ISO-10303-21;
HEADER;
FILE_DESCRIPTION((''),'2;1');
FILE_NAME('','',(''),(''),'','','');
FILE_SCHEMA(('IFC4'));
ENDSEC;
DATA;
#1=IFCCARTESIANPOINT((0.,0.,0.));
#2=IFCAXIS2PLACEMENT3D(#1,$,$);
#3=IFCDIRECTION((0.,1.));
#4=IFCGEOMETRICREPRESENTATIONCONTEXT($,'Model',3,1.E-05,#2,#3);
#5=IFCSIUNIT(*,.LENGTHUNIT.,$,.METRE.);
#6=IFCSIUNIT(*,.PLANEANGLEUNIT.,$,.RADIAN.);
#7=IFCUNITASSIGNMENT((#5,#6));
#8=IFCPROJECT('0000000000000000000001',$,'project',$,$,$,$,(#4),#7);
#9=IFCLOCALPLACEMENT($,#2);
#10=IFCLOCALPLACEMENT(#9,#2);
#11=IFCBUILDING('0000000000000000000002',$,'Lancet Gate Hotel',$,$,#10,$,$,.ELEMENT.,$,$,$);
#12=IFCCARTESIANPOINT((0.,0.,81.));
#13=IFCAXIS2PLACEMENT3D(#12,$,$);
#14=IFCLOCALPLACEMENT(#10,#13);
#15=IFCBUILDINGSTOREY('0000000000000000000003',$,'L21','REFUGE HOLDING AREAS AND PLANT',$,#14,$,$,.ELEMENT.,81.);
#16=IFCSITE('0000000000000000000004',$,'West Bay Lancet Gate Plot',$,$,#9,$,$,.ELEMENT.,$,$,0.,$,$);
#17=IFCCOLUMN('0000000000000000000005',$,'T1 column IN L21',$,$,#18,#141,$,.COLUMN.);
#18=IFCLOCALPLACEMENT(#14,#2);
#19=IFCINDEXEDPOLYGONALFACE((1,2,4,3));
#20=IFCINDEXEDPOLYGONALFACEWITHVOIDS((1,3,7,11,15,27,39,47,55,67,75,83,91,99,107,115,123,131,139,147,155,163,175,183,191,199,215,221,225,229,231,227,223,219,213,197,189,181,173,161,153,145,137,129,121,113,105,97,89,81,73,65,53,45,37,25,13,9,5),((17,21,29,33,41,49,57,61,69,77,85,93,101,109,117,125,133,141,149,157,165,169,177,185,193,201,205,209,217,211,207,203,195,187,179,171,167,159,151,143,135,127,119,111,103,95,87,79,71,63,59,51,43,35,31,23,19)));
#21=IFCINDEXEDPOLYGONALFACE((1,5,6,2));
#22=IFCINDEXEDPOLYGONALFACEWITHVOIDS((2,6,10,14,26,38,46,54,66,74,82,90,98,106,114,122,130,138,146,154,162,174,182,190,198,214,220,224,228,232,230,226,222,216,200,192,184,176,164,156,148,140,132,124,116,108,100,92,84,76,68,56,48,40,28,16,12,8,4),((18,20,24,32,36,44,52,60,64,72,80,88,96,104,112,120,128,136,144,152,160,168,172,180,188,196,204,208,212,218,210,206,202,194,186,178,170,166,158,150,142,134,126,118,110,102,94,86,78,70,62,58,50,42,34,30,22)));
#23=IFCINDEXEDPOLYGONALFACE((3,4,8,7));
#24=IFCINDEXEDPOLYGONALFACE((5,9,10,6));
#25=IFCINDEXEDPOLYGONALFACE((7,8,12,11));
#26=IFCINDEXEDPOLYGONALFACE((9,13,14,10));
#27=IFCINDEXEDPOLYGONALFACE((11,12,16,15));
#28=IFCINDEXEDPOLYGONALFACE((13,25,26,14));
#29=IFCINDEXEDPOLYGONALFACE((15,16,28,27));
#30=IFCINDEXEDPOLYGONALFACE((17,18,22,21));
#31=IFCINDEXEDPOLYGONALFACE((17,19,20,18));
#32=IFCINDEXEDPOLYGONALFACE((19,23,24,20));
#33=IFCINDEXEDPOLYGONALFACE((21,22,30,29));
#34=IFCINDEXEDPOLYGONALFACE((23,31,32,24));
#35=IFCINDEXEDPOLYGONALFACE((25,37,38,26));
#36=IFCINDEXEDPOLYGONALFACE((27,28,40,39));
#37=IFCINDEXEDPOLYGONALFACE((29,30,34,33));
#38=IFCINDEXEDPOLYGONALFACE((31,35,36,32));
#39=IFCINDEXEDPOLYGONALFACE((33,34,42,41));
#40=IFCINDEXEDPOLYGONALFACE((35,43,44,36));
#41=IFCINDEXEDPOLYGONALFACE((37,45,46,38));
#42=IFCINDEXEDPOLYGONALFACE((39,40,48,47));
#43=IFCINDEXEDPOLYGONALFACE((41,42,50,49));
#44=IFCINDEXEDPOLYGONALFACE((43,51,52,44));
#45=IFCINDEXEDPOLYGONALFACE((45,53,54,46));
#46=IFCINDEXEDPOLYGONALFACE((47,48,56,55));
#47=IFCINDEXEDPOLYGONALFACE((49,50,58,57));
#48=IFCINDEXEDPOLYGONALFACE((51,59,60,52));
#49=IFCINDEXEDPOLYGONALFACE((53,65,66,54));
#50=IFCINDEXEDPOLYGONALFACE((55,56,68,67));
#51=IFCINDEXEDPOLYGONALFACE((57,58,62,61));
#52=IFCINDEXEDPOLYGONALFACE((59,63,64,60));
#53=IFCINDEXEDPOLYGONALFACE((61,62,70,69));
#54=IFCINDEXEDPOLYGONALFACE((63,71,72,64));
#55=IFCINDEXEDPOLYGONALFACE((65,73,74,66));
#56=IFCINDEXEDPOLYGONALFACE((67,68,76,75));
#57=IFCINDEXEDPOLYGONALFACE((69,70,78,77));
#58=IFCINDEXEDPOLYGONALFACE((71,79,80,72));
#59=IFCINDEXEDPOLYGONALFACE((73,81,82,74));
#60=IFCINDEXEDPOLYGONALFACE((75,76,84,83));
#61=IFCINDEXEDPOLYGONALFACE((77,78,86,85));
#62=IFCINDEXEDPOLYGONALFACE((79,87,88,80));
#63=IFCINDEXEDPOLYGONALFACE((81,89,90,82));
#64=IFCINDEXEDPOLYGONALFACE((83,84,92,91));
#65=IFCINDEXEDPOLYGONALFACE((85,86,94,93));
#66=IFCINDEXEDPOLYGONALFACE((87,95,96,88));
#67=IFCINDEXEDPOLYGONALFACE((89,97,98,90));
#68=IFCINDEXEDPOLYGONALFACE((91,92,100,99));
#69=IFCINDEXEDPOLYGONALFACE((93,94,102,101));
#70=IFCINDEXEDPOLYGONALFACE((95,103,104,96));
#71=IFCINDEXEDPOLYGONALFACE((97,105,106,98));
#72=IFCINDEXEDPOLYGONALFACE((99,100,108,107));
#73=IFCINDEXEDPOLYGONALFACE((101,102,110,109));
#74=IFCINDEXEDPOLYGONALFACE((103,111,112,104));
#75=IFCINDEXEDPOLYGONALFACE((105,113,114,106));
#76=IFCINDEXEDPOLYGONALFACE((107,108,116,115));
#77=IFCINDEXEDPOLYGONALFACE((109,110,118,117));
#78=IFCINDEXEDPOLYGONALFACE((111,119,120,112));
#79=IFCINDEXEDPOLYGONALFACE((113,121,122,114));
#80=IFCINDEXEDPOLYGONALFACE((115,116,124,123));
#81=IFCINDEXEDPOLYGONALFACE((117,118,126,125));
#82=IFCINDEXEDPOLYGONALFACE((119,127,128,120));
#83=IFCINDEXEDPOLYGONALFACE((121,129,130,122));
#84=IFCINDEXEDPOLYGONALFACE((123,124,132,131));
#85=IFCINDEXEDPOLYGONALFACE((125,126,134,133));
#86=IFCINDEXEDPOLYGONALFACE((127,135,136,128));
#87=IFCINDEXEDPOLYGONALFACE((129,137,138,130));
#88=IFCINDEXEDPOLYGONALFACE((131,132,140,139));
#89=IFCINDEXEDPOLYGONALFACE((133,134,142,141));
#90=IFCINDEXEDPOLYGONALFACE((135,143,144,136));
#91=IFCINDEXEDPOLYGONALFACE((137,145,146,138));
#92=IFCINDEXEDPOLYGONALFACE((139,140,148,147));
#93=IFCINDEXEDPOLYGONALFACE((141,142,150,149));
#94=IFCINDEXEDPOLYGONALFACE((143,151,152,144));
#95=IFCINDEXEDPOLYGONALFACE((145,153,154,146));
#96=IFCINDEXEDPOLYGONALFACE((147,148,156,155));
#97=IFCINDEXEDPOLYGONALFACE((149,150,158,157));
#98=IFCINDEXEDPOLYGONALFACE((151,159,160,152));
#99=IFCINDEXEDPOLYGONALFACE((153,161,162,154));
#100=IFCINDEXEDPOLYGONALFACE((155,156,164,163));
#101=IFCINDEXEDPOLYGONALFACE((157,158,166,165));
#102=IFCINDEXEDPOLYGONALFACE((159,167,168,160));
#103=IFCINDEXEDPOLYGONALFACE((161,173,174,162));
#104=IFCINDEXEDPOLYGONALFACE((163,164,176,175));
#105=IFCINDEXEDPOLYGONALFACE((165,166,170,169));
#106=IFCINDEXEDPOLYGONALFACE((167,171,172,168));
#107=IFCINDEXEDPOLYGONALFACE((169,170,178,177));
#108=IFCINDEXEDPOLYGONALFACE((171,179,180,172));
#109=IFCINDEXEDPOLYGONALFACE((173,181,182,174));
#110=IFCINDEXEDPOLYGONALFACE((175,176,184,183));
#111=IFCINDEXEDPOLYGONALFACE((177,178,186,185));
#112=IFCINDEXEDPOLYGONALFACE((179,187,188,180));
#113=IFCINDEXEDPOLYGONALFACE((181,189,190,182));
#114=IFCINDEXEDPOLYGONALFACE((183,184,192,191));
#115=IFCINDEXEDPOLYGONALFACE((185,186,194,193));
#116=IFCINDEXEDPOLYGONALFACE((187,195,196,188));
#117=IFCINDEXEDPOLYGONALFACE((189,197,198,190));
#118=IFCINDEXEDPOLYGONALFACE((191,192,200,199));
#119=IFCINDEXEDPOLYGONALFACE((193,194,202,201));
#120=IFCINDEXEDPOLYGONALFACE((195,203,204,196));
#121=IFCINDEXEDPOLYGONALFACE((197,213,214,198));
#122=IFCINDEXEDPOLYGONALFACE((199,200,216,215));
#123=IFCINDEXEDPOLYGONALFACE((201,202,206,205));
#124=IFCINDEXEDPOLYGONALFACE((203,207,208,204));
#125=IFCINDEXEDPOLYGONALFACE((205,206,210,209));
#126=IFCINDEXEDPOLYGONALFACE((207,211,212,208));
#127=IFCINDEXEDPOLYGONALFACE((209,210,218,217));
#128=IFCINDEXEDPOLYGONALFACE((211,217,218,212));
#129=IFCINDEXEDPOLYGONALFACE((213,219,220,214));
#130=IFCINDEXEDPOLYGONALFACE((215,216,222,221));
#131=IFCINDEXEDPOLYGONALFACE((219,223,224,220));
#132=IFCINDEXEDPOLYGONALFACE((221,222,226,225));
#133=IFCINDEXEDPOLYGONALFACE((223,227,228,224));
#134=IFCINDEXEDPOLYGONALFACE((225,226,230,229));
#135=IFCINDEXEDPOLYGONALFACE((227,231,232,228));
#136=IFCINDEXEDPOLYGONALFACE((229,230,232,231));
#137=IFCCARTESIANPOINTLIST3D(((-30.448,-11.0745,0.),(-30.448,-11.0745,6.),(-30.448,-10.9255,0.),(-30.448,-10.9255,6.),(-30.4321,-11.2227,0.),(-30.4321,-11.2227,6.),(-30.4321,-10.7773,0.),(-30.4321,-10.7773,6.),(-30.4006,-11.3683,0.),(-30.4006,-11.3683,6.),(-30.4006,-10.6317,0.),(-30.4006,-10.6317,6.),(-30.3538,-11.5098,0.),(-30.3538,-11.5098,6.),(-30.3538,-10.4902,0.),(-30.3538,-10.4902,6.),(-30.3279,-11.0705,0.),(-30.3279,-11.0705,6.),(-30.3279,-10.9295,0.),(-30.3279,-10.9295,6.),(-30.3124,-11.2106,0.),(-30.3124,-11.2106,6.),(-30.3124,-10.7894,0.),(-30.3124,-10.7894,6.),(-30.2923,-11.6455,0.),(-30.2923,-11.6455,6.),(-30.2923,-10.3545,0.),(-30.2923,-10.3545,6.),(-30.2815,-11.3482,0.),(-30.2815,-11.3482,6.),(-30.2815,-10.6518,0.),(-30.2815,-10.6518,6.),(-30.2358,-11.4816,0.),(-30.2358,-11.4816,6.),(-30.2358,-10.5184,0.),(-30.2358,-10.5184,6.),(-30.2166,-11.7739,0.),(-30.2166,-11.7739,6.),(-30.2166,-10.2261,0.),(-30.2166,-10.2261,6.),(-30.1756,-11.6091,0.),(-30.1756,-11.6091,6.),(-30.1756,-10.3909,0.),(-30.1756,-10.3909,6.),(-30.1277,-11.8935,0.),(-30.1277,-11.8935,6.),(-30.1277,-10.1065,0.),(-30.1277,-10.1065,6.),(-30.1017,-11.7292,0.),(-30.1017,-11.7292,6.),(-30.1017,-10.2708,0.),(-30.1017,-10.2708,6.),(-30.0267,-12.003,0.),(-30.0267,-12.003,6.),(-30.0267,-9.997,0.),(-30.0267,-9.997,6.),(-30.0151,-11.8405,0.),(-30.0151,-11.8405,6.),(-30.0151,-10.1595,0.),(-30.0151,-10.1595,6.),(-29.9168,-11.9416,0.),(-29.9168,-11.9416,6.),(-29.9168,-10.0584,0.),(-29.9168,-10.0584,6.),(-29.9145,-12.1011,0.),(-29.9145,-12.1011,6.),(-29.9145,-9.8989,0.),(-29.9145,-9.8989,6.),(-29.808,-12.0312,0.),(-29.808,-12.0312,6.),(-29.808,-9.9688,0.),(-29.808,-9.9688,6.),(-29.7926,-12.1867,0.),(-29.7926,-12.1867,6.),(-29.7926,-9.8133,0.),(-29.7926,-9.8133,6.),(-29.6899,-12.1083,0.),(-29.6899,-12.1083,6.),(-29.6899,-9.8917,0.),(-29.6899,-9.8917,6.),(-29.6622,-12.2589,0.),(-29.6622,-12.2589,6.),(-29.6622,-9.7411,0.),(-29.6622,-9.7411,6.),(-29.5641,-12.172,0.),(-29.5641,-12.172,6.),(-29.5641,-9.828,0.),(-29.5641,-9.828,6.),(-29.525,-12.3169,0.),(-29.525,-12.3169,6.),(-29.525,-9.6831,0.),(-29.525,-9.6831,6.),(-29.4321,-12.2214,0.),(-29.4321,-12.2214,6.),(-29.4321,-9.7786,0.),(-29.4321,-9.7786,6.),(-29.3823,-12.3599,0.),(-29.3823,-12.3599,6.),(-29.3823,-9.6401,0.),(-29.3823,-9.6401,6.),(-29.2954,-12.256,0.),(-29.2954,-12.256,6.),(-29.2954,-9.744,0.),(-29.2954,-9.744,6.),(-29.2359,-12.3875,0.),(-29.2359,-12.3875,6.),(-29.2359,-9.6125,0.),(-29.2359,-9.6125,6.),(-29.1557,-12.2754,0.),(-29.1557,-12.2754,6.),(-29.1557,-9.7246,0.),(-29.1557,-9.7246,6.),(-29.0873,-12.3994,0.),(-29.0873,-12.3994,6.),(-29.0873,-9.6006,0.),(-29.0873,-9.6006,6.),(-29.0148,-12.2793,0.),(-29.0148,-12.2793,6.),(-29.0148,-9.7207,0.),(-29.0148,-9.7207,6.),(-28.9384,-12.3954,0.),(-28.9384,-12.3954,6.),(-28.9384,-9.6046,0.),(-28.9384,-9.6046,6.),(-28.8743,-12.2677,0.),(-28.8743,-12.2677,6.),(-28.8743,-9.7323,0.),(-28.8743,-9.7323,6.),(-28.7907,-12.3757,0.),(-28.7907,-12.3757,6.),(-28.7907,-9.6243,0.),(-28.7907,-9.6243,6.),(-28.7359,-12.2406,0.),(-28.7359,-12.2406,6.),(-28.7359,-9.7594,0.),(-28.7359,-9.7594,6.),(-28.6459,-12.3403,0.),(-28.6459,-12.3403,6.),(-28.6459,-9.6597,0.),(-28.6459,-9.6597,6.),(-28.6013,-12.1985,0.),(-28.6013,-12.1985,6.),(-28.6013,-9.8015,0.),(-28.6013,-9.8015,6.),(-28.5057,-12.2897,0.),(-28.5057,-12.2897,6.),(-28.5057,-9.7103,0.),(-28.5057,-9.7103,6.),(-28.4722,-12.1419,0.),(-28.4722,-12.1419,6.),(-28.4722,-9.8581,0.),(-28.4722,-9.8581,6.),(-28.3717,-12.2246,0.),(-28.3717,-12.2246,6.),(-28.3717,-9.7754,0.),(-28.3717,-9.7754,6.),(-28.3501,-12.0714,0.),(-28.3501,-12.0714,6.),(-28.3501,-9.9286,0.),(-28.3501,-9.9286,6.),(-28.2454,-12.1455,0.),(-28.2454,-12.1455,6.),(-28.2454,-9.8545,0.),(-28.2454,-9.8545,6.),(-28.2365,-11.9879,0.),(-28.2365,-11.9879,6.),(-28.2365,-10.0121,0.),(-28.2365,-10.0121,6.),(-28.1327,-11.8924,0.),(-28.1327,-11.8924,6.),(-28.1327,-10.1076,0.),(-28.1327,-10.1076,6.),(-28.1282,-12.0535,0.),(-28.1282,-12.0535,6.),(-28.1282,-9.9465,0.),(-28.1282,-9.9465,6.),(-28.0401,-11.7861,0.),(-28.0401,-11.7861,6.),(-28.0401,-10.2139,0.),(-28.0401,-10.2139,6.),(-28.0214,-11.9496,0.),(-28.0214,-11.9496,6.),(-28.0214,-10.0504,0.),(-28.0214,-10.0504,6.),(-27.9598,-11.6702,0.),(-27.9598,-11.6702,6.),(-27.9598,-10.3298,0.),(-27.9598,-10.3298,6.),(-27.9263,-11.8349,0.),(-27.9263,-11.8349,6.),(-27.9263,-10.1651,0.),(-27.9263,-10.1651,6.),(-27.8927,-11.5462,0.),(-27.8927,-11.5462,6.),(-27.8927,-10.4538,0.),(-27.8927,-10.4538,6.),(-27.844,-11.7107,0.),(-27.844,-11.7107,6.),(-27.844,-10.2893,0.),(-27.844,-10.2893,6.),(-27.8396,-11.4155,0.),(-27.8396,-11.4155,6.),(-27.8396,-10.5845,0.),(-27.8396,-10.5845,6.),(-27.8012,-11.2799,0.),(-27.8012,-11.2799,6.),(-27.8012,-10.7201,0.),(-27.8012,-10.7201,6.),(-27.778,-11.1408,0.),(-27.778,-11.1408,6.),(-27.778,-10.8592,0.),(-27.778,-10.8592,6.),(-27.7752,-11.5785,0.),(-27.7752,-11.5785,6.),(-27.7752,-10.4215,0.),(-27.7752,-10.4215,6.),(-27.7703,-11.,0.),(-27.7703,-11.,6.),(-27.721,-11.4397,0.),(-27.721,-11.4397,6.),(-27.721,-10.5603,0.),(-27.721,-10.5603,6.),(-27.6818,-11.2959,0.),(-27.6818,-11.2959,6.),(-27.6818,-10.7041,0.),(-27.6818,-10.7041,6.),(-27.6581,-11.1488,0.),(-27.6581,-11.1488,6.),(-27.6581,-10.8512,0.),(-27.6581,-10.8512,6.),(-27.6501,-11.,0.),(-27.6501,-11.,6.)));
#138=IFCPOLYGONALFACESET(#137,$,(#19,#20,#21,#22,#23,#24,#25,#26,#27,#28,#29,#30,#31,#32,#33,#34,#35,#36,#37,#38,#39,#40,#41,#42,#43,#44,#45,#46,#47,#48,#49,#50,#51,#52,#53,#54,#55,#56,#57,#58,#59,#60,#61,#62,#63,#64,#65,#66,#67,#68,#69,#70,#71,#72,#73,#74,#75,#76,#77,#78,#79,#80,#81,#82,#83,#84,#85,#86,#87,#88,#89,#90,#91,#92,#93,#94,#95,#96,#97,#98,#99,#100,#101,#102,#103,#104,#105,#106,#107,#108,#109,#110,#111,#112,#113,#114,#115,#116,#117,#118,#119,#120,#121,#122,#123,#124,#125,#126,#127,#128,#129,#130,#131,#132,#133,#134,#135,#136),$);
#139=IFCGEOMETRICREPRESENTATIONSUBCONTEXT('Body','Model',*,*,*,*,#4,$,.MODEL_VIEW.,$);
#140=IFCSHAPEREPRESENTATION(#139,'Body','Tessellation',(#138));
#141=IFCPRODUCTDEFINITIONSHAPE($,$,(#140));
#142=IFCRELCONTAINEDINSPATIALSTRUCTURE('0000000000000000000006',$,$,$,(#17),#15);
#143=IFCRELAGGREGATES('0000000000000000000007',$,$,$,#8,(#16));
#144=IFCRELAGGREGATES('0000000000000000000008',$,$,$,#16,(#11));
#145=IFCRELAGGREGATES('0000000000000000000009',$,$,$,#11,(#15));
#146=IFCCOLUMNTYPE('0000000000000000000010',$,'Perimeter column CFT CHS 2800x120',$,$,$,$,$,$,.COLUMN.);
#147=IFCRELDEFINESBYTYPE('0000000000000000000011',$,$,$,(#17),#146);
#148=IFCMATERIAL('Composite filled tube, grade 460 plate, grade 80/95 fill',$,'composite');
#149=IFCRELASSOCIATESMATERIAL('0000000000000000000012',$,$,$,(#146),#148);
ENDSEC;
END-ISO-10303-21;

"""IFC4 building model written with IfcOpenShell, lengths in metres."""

from ifc_helpers import new_model, si_unit, direction, frame, origin, origin_2d, place, context, subcontext, project, spatial, hollow_circle, extrude, material, material_profile, profile_set, type_object, element, save


model = new_model("IFC4")

# Units and contexts
model_context = context("Model", 3, precision=1e-05, world=origin(), true_north=direction((0.0, 1.0)))
body_context = subcontext(model_context, "Body", "Model", "MODEL_VIEW")
ifc_project = project(units=[si_unit("LENGTHUNIT", "METRE"), si_unit("PLANEANGLEUNIT", "RADIAN")], contexts=[model_context])

# Site, building, storey
site_placement = place(None, origin())
site = spatial("IfcSite", under=ifc_project, at=site_placement, Name="West Bay Lancet Gate Plot", CompositionType="ELEMENT", RefElevation=0.0)
building_placement = place(site_placement, origin())
building = spatial("IfcBuilding", under=site, at=building_placement, Name="Lancet Gate Hotel", CompositionType="ELEMENT")
storey_placement = place(building_placement, frame((0.0, 0.0, 81.0)))
storey = spatial("IfcBuildingStorey", under=building, at=storey_placement, Name="L21", Description="REFUGE HOLDING AREAS AND PLANT", CompositionType="ELEMENT", Elevation=81.0)

# Column
ifc_material_1 = material(Name="Composite filled tube, grade 460 plate, grade 80/95 fill", Category="composite")
ifc_material_profile_1 = material_profile(ifc_material_1, hollow_circle(Radius=1.3999, WallThickness=0.1201, at=origin_2d()), Name="CHS 2800x120")
ifc_profile_set_1 = profile_set([ifc_material_profile_1], Name="Composite filled tube, grade 460 plate, grade 80/95 fill")
column_type = type_object("IfcColumnType", Name="Perimeter column CFT CHS 2800x120", PredefinedType="COLUMN", material=ifc_profile_set_1)
for number, where, z_axis, x_axis, name in (
    (1, (-29.05, -11.0, 0.0), (0.0, 0.0, 1.0), (1.0, 0.0, 0.0), "T1 column IN L21"),
):
    element("IfcColumn", number, at=place(storey_placement, frame(where, z_axis=z_axis, x_axis=x_axis)), inside=storey, type_object=column_type, Name=name, PredefinedType="COLUMN", context=body_context, shape_type="SweptSolid", body=[
        extrude(hollow_circle(Radius=1.3999, WallThickness=0.1201, at=origin_2d()), origin(), (0.0, 0.0, 1.0), 6.0),
    ])

save(model, "model.ifc")
